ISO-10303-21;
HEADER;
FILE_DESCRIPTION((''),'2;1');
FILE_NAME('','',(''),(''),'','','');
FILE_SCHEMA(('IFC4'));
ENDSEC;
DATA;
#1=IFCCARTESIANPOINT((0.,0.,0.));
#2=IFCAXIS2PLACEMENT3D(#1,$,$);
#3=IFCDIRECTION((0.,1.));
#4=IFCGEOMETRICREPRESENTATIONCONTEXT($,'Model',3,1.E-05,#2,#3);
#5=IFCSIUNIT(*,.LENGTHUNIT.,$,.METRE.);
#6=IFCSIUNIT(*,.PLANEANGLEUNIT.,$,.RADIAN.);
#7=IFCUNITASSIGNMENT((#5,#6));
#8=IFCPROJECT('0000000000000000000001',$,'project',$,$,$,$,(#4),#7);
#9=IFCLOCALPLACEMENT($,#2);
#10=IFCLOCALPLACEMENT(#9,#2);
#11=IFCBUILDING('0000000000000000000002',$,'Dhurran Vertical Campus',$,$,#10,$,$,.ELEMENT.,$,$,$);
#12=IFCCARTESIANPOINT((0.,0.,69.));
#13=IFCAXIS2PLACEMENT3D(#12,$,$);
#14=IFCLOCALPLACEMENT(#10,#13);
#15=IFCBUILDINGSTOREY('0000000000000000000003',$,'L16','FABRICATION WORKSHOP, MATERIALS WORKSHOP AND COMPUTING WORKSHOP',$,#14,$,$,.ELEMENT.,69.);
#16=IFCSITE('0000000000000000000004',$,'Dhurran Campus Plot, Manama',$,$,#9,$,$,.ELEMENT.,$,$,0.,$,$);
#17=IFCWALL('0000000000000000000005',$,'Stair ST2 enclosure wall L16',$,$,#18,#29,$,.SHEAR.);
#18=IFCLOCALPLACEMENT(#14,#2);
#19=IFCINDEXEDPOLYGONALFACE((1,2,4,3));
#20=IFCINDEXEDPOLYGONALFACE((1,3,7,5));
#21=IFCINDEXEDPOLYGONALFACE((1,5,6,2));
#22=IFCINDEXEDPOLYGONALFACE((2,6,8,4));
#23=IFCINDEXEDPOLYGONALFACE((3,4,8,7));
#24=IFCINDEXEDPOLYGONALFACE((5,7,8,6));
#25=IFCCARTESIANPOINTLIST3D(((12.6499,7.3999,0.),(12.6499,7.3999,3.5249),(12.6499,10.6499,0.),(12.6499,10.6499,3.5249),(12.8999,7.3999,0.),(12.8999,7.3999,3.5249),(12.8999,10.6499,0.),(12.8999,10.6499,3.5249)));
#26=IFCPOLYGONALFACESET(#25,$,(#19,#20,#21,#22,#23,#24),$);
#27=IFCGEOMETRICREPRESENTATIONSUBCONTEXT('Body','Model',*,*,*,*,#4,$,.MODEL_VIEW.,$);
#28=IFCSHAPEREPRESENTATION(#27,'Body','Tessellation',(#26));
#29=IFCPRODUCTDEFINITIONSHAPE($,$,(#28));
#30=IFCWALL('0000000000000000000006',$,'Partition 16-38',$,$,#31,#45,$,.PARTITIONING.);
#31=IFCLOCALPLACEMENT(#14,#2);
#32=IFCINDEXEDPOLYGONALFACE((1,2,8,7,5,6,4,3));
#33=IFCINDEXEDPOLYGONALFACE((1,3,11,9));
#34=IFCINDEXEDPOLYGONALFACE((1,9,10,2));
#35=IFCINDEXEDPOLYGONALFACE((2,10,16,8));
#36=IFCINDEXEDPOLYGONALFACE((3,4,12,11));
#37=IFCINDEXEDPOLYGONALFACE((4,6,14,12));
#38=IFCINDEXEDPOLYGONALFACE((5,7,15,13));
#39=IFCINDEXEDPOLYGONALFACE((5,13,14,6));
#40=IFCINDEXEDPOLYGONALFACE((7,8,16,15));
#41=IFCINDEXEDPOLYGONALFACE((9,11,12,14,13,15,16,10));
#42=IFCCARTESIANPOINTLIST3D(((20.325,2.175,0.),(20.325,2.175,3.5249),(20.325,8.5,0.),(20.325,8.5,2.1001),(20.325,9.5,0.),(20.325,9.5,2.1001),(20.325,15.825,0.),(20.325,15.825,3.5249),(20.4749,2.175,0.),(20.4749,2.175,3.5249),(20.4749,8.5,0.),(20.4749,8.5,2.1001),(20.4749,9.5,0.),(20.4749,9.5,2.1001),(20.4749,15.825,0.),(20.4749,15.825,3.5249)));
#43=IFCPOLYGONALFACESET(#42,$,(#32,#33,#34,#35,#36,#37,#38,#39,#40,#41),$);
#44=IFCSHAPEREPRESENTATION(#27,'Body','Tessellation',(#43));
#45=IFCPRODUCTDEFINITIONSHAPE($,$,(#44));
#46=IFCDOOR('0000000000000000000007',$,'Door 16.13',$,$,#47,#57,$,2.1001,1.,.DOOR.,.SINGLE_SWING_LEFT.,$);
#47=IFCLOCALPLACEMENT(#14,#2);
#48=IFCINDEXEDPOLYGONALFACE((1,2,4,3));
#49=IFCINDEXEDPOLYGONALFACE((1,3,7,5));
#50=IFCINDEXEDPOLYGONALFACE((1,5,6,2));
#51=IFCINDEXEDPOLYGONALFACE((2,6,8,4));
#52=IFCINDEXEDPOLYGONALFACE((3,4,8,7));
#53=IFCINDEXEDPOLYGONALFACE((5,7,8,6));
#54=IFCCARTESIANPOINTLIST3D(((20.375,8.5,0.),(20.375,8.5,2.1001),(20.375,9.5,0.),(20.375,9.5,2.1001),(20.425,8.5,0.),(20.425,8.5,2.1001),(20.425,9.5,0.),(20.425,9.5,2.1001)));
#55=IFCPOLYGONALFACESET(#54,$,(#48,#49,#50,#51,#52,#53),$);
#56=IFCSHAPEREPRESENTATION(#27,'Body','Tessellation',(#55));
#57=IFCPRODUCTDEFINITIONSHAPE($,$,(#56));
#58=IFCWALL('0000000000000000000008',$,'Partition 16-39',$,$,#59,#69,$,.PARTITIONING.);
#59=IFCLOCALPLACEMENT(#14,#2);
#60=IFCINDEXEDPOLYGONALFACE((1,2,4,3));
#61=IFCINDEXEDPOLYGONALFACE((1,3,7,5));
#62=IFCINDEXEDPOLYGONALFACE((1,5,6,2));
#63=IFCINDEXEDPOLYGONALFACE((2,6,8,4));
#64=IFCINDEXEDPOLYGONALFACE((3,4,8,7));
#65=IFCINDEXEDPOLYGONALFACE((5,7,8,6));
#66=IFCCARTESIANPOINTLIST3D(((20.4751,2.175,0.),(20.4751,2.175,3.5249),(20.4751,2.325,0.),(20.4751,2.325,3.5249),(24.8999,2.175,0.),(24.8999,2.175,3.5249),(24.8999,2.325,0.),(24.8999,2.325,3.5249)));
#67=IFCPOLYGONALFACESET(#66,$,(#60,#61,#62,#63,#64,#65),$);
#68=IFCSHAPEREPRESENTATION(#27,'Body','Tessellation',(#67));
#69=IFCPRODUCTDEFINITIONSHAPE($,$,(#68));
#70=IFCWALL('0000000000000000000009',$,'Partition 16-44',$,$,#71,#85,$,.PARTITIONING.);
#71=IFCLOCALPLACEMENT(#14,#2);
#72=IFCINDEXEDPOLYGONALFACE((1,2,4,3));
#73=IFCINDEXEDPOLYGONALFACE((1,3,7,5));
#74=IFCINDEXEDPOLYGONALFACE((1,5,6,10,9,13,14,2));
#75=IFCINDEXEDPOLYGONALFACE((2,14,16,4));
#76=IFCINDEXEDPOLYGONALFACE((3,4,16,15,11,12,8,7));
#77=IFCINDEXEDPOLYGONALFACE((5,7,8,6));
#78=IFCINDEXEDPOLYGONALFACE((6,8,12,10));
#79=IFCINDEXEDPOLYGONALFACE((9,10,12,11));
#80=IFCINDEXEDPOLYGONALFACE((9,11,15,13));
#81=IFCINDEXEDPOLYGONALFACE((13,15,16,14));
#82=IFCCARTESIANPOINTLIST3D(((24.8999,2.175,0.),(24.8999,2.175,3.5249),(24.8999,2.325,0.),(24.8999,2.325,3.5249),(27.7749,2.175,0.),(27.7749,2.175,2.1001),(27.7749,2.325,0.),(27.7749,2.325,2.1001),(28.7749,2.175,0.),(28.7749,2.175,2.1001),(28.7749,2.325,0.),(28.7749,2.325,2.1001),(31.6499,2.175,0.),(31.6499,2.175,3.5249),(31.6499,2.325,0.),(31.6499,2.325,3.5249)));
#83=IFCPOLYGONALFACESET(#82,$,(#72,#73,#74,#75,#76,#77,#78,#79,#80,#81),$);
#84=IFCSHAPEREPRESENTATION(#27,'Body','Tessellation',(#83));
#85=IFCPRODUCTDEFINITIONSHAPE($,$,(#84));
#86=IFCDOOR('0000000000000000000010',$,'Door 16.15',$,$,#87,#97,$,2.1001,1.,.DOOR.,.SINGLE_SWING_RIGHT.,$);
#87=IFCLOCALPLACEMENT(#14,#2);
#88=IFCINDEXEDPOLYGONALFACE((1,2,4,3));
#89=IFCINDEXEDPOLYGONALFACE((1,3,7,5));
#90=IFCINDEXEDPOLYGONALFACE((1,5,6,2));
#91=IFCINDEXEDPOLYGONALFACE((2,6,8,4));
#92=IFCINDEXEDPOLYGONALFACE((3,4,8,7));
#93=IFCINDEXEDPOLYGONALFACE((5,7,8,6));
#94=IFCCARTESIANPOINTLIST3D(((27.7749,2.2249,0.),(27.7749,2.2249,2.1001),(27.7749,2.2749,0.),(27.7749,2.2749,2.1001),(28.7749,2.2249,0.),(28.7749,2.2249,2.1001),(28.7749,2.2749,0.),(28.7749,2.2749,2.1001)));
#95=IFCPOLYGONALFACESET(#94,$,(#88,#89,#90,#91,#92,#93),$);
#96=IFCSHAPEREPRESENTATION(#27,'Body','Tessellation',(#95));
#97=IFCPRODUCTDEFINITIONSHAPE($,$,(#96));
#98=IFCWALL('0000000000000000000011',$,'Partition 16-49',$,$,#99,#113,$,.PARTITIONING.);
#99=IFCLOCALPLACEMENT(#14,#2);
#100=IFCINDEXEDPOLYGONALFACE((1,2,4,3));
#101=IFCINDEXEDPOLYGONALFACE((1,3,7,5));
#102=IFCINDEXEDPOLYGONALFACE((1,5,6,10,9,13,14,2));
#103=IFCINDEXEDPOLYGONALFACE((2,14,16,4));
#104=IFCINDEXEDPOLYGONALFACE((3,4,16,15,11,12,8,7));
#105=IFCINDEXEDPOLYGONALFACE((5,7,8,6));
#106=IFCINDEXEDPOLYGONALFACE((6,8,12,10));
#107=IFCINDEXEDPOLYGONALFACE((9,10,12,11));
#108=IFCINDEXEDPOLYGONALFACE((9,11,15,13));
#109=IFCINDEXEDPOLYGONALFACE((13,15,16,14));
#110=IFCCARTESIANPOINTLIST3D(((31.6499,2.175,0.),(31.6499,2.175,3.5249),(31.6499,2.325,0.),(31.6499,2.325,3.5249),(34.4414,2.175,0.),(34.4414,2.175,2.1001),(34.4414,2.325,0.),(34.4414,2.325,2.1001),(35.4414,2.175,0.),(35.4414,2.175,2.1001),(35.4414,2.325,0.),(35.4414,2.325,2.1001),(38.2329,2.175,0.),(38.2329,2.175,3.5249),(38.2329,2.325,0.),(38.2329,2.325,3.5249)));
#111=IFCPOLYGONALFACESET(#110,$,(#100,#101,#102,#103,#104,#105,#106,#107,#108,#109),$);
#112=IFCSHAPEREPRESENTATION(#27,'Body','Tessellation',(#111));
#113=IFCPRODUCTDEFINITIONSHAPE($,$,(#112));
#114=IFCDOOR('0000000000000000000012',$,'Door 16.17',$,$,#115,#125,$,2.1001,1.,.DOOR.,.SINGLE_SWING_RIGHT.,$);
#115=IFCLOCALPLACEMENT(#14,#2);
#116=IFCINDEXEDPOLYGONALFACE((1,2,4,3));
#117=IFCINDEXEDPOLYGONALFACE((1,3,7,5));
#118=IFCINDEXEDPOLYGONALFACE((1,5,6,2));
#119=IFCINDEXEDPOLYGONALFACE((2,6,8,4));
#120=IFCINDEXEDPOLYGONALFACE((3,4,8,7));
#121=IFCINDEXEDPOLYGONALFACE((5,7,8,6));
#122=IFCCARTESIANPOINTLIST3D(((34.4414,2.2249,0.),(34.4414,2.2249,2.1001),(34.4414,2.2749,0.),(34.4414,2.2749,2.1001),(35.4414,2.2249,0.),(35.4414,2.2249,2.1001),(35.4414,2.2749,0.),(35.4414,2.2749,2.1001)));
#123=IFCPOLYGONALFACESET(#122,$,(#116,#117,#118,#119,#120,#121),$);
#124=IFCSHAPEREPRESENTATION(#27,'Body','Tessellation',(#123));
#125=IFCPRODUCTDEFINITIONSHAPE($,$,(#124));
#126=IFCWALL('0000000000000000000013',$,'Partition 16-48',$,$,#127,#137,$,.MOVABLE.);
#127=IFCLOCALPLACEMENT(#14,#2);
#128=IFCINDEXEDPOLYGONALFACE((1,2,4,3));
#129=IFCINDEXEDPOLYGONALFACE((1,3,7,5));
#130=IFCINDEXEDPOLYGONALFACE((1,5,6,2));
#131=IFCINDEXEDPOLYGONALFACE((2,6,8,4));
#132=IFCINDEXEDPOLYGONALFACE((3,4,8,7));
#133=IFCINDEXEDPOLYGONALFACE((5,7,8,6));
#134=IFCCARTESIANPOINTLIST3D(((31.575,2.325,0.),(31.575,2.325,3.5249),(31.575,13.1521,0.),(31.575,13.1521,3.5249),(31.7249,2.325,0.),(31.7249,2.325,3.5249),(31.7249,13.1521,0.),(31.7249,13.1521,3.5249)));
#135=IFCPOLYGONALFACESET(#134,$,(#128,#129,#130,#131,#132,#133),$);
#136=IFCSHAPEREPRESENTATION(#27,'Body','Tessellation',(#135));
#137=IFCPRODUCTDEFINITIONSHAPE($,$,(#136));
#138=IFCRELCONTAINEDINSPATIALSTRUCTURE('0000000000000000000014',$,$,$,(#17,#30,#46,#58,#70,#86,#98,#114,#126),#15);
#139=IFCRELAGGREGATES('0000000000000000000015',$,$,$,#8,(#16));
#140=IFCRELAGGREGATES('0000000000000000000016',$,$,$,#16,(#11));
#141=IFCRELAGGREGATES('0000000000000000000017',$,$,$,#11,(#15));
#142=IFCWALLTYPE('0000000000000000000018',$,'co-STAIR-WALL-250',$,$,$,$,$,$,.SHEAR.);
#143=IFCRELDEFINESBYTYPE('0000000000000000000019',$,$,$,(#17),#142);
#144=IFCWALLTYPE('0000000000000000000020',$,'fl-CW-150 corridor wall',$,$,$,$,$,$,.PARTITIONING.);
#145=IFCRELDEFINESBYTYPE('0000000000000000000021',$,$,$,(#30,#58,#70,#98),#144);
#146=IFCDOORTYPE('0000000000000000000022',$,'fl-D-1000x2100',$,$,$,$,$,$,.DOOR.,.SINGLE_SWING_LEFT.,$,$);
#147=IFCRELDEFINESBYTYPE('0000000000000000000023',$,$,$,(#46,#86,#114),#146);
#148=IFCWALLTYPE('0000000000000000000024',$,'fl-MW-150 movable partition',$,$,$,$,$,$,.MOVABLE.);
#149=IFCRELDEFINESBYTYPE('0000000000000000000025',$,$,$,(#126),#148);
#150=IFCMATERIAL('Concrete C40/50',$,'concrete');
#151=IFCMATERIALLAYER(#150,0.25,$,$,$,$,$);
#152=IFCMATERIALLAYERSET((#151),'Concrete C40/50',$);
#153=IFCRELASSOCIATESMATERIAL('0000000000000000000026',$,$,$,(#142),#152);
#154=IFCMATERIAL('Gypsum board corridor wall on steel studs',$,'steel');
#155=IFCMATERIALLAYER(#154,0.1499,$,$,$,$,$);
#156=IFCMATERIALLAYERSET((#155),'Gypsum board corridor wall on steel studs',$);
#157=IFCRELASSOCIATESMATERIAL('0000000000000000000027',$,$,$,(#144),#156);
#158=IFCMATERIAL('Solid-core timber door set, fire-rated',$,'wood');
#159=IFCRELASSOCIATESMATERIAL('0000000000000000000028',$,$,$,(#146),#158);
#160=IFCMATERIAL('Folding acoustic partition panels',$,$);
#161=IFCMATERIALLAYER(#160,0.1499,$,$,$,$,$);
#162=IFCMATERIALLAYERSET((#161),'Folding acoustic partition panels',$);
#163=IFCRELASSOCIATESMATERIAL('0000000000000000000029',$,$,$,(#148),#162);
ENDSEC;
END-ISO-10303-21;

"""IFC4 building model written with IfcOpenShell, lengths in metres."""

from ifc_helpers import new_model, si_unit, direction, frame, frame_2d, origin, place, context, subcontext, project, spatial, rectangle, extrude, material, layer, layer_set, type_object, element, fill, save


model = new_model("IFC4")

# Units and contexts
model_context = context("Model", 3, precision=1e-05, world=origin(), true_north=direction((0.0, 1.0)))
body_context = subcontext(model_context, "Body", "Model", "MODEL_VIEW")
ifc_project = project(units=[si_unit("LENGTHUNIT", "METRE"), si_unit("PLANEANGLEUNIT", "RADIAN")], contexts=[model_context])

# Site, building, storey
site_placement = place(None, origin())
site = spatial("IfcSite", under=ifc_project, at=site_placement, Name="Dhurran Campus Plot, Manama", CompositionType="ELEMENT", RefElevation=0.0)
building_placement = place(site_placement, origin())
building = spatial("IfcBuilding", under=site, at=building_placement, Name="Dhurran Vertical Campus", CompositionType="ELEMENT")
storey_placement = place(building_placement, frame((0.0, 0.0, 69.0)))
storey = spatial("IfcBuildingStorey", under=building, at=storey_placement, Name="L16", Description="FABRICATION WORKSHOP, MATERIALS WORKSHOP AND COMPUTING WORKSHOP", CompositionType="ELEMENT", Elevation=69.0)

# Wall
ifc_material_1 = material(Name="Concrete C40/50", Category="concrete")
ifc_layer_1 = layer(ifc_material_1, 0.25)
ifc_layer_set_1 = layer_set([ifc_layer_1], Name="Concrete C40/50")
wall_type_1 = type_object("IfcWallType", Name="co-STAIR-WALL-250", PredefinedType="SHEAR", material=ifc_layer_set_1)
wall_1_placement = place(storey_placement, frame((12.7749, 7.3999, 0.0), z_axis=(0.0, 0.0, 1.0), x_axis=(0.0, 1.0, 0.0)))
element("IfcWall", 1, at=wall_1_placement, inside=storey, type_object=wall_type_1, Name="Stair ST2 enclosure wall L16", PredefinedType="SHEAR", context=body_context, shape_type="SweptSolid", body=[
    extrude(rectangle(XDim=3.25, YDim=0.25, at=frame_2d((1.625, 0.0))), origin(), (0.0, 0.0, 1.0), 3.5249),
])

# Wall, opening, door
ifc_material_2 = material(Name="Gypsum board corridor wall on steel studs", Category="steel")
ifc_layer_2 = layer(ifc_material_2, 0.1499)
ifc_layer_set_2 = layer_set([ifc_layer_2], Name="Gypsum board corridor wall on steel studs")
wall_type_2 = type_object("IfcWallType", Name="fl-CW-150 corridor wall", PredefinedType="PARTITIONING", material=ifc_layer_set_2)
wall_2_placement = place(storey_placement, frame((20.3999, 2.175, 0.0), z_axis=(0.0, 0.0, 1.0), x_axis=(0.0, 1.0, 0.0)))
wall_2 = element("IfcWall", 2, at=wall_2_placement, inside=storey, type_object=wall_type_2, Name="Partition 16-38", PredefinedType="PARTITIONING", context=body_context, shape_type="SweptSolid", body=[
    extrude(rectangle(XDim=13.6499, YDim=0.1499, at=frame_2d((6.825, 0.0))), origin(), (0.0, 0.0, 1.0), 3.5249),
])
opening_1_placement = place(wall_2_placement, frame((6.325, 0.0, 0.0)))
opening_1 = element("IfcOpeningElement", 3, at=opening_1_placement, cuts=wall_2, PredefinedType="OPENING", context=body_context, shape_type="SweptSolid", body=[
    extrude(rectangle(XDim=1.0, YDim=2.1001, at=frame_2d((0.5, 1.05))), frame((0.0, 0.085, 0.0), z_axis=(0.0, -1.0, 0.0), x_axis=(1.0, 0.0, 0.0)), (0.0, 0.0, 1.0), 0.1699),
])
ifc_material_3 = material(Name="Solid-core timber door set, fire-rated", Category="wood")
door_type_1 = type_object("IfcDoorType", Name="fl-D-1000x2100", OperationType="SINGLE_SWING_LEFT", PredefinedType="DOOR", material=ifc_material_3)
door_1_placement = place(opening_1_placement, origin())
door_1 = element("IfcDoor", 4, at=door_1_placement, inside=storey, type_object=door_type_1, Name="Door 16.13", OperationType="SINGLE_SWING_LEFT", OverallHeight=2.1001, OverallWidth=1.0, PredefinedType="DOOR", context=body_context, shape_type="SweptSolid", body=[
    extrude(rectangle(XDim=1.0, YDim=2.1001, at=frame_2d((0.5, 1.05))), frame((0.0, 0.0249, 0.0), z_axis=(0.0, -1.0, 0.0), x_axis=(1.0, 0.0, 0.0)), (0.0, 0.0, 1.0), 0.05),
])
fill(opening_1, door_1)

# Wall
wall_3_placement = place(storey_placement, frame((20.4751, 2.25, 0.0), z_axis=(0.0, 0.0, 1.0), x_axis=(1.0, 0.0, 0.0)))
element("IfcWall", 5, at=wall_3_placement, inside=storey, type_object=wall_type_2, Name="Partition 16-39", PredefinedType="PARTITIONING", context=body_context, shape_type="SweptSolid", body=[
    extrude(rectangle(XDim=4.4248, YDim=0.1499, at=frame_2d((2.2124, 0.0))), origin(), (0.0, 0.0, 1.0), 3.5249),
])

# Walls, openings, doors
wall_4_placement = place(storey_placement, frame((24.8999, 2.25, 0.0), z_axis=(0.0, 0.0, 1.0), x_axis=(1.0, 0.0, 0.0)))
wall_4 = element("IfcWall", 6, at=wall_4_placement, inside=storey, type_object=wall_type_2, Name="Partition 16-44", PredefinedType="PARTITIONING", context=body_context, shape_type="SweptSolid", body=[
    extrude(rectangle(XDim=6.75, YDim=0.1499, at=frame_2d((3.375, 0.0))), origin(), (0.0, 0.0, 1.0), 3.5249),
])
opening_2_placement = place(wall_4_placement, frame((2.875, 0.0, 0.0)))
opening_2 = element("IfcOpeningElement", 7, at=opening_2_placement, cuts=wall_4, PredefinedType="OPENING", context=body_context, shape_type="SweptSolid", body=[
    extrude(rectangle(XDim=1.0, YDim=2.1001, at=frame_2d((0.5, 1.05))), frame((0.0, 0.085, 0.0), z_axis=(0.0, -1.0, 0.0), x_axis=(1.0, 0.0, 0.0)), (0.0, 0.0, 1.0), 0.1699),
])
door_2_placement = place(opening_2_placement, origin())
door_2 = element("IfcDoor", 8, at=door_2_placement, inside=storey, type_object=door_type_1, Name="Door 16.15", OperationType="SINGLE_SWING_RIGHT", OverallHeight=2.1001, OverallWidth=1.0, PredefinedType="DOOR", context=body_context, shape_type="SweptSolid", body=[
    extrude(rectangle(XDim=1.0, YDim=2.1001, at=frame_2d((0.5, 1.05))), frame((0.0, 0.0249, 0.0), z_axis=(0.0, -1.0, 0.0), x_axis=(1.0, 0.0, 0.0)), (0.0, 0.0, 1.0), 0.05),
])
fill(opening_2, door_2)
wall_5_placement = place(storey_placement, frame((31.6499, 2.25, 0.0), z_axis=(0.0, 0.0, 1.0), x_axis=(1.0, 0.0, 0.0)))
wall_5 = element("IfcWall", 9, at=wall_5_placement, inside=storey, type_object=wall_type_2, Name="Partition 16-49", PredefinedType="PARTITIONING", context=body_context, shape_type="SweptSolid", body=[
    extrude(rectangle(XDim=6.583, YDim=0.1499, at=frame_2d((3.2915, 0.0))), origin(), (0.0, 0.0, 1.0), 3.5249),
])
opening_3_placement = place(wall_5_placement, frame((2.7915, 0.0, 0.0)))
opening_3 = element("IfcOpeningElement", 10, at=opening_3_placement, cuts=wall_5, PredefinedType="OPENING", context=body_context, shape_type="SweptSolid", body=[
    extrude(rectangle(XDim=1.0, YDim=2.1001, at=frame_2d((0.5, 1.05))), frame((0.0, 0.085, 0.0), z_axis=(0.0, -1.0, 0.0), x_axis=(1.0, 0.0, 0.0)), (0.0, 0.0, 1.0), 0.1699),
])
door_3_placement = place(opening_3_placement, origin())
door_3 = element("IfcDoor", 11, at=door_3_placement, inside=storey, type_object=door_type_1, Name="Door 16.17", OperationType="SINGLE_SWING_RIGHT", OverallHeight=2.1001, OverallWidth=1.0, PredefinedType="DOOR", context=body_context, shape_type="SweptSolid", body=[
    extrude(rectangle(XDim=1.0, YDim=2.1001, at=frame_2d((0.5, 1.05))), frame((0.0, 0.0249, 0.0), z_axis=(0.0, -1.0, 0.0), x_axis=(1.0, 0.0, 0.0)), (0.0, 0.0, 1.0), 0.05),
])
fill(opening_3, door_3)

# Wall
ifc_material_4 = material(Name="Folding acoustic partition panels")
ifc_layer_3 = layer(ifc_material_4, 0.1499)
ifc_layer_set_3 = layer_set([ifc_layer_3], Name="Folding acoustic partition panels")
wall_type_3 = type_object("IfcWallType", Name="fl-MW-150 movable partition", PredefinedType="MOVABLE", material=ifc_layer_set_3)
wall_6_placement = place(storey_placement, frame((31.6499, 13.1521, 0.0), z_axis=(0.0, 0.0, 1.0), x_axis=(0.0, -1.0, 0.0)))
element("IfcWall", 12, at=wall_6_placement, inside=storey, type_object=wall_type_3, Name="Partition 16-48", PredefinedType="MOVABLE", context=body_context, shape_type="SweptSolid", body=[
    extrude(rectangle(XDim=10.8271, YDim=0.1499, at=frame_2d((5.4136, 0.0))), origin(), (0.0, 0.0, 1.0), 3.5249),
])

save(model, "model.ifc")
